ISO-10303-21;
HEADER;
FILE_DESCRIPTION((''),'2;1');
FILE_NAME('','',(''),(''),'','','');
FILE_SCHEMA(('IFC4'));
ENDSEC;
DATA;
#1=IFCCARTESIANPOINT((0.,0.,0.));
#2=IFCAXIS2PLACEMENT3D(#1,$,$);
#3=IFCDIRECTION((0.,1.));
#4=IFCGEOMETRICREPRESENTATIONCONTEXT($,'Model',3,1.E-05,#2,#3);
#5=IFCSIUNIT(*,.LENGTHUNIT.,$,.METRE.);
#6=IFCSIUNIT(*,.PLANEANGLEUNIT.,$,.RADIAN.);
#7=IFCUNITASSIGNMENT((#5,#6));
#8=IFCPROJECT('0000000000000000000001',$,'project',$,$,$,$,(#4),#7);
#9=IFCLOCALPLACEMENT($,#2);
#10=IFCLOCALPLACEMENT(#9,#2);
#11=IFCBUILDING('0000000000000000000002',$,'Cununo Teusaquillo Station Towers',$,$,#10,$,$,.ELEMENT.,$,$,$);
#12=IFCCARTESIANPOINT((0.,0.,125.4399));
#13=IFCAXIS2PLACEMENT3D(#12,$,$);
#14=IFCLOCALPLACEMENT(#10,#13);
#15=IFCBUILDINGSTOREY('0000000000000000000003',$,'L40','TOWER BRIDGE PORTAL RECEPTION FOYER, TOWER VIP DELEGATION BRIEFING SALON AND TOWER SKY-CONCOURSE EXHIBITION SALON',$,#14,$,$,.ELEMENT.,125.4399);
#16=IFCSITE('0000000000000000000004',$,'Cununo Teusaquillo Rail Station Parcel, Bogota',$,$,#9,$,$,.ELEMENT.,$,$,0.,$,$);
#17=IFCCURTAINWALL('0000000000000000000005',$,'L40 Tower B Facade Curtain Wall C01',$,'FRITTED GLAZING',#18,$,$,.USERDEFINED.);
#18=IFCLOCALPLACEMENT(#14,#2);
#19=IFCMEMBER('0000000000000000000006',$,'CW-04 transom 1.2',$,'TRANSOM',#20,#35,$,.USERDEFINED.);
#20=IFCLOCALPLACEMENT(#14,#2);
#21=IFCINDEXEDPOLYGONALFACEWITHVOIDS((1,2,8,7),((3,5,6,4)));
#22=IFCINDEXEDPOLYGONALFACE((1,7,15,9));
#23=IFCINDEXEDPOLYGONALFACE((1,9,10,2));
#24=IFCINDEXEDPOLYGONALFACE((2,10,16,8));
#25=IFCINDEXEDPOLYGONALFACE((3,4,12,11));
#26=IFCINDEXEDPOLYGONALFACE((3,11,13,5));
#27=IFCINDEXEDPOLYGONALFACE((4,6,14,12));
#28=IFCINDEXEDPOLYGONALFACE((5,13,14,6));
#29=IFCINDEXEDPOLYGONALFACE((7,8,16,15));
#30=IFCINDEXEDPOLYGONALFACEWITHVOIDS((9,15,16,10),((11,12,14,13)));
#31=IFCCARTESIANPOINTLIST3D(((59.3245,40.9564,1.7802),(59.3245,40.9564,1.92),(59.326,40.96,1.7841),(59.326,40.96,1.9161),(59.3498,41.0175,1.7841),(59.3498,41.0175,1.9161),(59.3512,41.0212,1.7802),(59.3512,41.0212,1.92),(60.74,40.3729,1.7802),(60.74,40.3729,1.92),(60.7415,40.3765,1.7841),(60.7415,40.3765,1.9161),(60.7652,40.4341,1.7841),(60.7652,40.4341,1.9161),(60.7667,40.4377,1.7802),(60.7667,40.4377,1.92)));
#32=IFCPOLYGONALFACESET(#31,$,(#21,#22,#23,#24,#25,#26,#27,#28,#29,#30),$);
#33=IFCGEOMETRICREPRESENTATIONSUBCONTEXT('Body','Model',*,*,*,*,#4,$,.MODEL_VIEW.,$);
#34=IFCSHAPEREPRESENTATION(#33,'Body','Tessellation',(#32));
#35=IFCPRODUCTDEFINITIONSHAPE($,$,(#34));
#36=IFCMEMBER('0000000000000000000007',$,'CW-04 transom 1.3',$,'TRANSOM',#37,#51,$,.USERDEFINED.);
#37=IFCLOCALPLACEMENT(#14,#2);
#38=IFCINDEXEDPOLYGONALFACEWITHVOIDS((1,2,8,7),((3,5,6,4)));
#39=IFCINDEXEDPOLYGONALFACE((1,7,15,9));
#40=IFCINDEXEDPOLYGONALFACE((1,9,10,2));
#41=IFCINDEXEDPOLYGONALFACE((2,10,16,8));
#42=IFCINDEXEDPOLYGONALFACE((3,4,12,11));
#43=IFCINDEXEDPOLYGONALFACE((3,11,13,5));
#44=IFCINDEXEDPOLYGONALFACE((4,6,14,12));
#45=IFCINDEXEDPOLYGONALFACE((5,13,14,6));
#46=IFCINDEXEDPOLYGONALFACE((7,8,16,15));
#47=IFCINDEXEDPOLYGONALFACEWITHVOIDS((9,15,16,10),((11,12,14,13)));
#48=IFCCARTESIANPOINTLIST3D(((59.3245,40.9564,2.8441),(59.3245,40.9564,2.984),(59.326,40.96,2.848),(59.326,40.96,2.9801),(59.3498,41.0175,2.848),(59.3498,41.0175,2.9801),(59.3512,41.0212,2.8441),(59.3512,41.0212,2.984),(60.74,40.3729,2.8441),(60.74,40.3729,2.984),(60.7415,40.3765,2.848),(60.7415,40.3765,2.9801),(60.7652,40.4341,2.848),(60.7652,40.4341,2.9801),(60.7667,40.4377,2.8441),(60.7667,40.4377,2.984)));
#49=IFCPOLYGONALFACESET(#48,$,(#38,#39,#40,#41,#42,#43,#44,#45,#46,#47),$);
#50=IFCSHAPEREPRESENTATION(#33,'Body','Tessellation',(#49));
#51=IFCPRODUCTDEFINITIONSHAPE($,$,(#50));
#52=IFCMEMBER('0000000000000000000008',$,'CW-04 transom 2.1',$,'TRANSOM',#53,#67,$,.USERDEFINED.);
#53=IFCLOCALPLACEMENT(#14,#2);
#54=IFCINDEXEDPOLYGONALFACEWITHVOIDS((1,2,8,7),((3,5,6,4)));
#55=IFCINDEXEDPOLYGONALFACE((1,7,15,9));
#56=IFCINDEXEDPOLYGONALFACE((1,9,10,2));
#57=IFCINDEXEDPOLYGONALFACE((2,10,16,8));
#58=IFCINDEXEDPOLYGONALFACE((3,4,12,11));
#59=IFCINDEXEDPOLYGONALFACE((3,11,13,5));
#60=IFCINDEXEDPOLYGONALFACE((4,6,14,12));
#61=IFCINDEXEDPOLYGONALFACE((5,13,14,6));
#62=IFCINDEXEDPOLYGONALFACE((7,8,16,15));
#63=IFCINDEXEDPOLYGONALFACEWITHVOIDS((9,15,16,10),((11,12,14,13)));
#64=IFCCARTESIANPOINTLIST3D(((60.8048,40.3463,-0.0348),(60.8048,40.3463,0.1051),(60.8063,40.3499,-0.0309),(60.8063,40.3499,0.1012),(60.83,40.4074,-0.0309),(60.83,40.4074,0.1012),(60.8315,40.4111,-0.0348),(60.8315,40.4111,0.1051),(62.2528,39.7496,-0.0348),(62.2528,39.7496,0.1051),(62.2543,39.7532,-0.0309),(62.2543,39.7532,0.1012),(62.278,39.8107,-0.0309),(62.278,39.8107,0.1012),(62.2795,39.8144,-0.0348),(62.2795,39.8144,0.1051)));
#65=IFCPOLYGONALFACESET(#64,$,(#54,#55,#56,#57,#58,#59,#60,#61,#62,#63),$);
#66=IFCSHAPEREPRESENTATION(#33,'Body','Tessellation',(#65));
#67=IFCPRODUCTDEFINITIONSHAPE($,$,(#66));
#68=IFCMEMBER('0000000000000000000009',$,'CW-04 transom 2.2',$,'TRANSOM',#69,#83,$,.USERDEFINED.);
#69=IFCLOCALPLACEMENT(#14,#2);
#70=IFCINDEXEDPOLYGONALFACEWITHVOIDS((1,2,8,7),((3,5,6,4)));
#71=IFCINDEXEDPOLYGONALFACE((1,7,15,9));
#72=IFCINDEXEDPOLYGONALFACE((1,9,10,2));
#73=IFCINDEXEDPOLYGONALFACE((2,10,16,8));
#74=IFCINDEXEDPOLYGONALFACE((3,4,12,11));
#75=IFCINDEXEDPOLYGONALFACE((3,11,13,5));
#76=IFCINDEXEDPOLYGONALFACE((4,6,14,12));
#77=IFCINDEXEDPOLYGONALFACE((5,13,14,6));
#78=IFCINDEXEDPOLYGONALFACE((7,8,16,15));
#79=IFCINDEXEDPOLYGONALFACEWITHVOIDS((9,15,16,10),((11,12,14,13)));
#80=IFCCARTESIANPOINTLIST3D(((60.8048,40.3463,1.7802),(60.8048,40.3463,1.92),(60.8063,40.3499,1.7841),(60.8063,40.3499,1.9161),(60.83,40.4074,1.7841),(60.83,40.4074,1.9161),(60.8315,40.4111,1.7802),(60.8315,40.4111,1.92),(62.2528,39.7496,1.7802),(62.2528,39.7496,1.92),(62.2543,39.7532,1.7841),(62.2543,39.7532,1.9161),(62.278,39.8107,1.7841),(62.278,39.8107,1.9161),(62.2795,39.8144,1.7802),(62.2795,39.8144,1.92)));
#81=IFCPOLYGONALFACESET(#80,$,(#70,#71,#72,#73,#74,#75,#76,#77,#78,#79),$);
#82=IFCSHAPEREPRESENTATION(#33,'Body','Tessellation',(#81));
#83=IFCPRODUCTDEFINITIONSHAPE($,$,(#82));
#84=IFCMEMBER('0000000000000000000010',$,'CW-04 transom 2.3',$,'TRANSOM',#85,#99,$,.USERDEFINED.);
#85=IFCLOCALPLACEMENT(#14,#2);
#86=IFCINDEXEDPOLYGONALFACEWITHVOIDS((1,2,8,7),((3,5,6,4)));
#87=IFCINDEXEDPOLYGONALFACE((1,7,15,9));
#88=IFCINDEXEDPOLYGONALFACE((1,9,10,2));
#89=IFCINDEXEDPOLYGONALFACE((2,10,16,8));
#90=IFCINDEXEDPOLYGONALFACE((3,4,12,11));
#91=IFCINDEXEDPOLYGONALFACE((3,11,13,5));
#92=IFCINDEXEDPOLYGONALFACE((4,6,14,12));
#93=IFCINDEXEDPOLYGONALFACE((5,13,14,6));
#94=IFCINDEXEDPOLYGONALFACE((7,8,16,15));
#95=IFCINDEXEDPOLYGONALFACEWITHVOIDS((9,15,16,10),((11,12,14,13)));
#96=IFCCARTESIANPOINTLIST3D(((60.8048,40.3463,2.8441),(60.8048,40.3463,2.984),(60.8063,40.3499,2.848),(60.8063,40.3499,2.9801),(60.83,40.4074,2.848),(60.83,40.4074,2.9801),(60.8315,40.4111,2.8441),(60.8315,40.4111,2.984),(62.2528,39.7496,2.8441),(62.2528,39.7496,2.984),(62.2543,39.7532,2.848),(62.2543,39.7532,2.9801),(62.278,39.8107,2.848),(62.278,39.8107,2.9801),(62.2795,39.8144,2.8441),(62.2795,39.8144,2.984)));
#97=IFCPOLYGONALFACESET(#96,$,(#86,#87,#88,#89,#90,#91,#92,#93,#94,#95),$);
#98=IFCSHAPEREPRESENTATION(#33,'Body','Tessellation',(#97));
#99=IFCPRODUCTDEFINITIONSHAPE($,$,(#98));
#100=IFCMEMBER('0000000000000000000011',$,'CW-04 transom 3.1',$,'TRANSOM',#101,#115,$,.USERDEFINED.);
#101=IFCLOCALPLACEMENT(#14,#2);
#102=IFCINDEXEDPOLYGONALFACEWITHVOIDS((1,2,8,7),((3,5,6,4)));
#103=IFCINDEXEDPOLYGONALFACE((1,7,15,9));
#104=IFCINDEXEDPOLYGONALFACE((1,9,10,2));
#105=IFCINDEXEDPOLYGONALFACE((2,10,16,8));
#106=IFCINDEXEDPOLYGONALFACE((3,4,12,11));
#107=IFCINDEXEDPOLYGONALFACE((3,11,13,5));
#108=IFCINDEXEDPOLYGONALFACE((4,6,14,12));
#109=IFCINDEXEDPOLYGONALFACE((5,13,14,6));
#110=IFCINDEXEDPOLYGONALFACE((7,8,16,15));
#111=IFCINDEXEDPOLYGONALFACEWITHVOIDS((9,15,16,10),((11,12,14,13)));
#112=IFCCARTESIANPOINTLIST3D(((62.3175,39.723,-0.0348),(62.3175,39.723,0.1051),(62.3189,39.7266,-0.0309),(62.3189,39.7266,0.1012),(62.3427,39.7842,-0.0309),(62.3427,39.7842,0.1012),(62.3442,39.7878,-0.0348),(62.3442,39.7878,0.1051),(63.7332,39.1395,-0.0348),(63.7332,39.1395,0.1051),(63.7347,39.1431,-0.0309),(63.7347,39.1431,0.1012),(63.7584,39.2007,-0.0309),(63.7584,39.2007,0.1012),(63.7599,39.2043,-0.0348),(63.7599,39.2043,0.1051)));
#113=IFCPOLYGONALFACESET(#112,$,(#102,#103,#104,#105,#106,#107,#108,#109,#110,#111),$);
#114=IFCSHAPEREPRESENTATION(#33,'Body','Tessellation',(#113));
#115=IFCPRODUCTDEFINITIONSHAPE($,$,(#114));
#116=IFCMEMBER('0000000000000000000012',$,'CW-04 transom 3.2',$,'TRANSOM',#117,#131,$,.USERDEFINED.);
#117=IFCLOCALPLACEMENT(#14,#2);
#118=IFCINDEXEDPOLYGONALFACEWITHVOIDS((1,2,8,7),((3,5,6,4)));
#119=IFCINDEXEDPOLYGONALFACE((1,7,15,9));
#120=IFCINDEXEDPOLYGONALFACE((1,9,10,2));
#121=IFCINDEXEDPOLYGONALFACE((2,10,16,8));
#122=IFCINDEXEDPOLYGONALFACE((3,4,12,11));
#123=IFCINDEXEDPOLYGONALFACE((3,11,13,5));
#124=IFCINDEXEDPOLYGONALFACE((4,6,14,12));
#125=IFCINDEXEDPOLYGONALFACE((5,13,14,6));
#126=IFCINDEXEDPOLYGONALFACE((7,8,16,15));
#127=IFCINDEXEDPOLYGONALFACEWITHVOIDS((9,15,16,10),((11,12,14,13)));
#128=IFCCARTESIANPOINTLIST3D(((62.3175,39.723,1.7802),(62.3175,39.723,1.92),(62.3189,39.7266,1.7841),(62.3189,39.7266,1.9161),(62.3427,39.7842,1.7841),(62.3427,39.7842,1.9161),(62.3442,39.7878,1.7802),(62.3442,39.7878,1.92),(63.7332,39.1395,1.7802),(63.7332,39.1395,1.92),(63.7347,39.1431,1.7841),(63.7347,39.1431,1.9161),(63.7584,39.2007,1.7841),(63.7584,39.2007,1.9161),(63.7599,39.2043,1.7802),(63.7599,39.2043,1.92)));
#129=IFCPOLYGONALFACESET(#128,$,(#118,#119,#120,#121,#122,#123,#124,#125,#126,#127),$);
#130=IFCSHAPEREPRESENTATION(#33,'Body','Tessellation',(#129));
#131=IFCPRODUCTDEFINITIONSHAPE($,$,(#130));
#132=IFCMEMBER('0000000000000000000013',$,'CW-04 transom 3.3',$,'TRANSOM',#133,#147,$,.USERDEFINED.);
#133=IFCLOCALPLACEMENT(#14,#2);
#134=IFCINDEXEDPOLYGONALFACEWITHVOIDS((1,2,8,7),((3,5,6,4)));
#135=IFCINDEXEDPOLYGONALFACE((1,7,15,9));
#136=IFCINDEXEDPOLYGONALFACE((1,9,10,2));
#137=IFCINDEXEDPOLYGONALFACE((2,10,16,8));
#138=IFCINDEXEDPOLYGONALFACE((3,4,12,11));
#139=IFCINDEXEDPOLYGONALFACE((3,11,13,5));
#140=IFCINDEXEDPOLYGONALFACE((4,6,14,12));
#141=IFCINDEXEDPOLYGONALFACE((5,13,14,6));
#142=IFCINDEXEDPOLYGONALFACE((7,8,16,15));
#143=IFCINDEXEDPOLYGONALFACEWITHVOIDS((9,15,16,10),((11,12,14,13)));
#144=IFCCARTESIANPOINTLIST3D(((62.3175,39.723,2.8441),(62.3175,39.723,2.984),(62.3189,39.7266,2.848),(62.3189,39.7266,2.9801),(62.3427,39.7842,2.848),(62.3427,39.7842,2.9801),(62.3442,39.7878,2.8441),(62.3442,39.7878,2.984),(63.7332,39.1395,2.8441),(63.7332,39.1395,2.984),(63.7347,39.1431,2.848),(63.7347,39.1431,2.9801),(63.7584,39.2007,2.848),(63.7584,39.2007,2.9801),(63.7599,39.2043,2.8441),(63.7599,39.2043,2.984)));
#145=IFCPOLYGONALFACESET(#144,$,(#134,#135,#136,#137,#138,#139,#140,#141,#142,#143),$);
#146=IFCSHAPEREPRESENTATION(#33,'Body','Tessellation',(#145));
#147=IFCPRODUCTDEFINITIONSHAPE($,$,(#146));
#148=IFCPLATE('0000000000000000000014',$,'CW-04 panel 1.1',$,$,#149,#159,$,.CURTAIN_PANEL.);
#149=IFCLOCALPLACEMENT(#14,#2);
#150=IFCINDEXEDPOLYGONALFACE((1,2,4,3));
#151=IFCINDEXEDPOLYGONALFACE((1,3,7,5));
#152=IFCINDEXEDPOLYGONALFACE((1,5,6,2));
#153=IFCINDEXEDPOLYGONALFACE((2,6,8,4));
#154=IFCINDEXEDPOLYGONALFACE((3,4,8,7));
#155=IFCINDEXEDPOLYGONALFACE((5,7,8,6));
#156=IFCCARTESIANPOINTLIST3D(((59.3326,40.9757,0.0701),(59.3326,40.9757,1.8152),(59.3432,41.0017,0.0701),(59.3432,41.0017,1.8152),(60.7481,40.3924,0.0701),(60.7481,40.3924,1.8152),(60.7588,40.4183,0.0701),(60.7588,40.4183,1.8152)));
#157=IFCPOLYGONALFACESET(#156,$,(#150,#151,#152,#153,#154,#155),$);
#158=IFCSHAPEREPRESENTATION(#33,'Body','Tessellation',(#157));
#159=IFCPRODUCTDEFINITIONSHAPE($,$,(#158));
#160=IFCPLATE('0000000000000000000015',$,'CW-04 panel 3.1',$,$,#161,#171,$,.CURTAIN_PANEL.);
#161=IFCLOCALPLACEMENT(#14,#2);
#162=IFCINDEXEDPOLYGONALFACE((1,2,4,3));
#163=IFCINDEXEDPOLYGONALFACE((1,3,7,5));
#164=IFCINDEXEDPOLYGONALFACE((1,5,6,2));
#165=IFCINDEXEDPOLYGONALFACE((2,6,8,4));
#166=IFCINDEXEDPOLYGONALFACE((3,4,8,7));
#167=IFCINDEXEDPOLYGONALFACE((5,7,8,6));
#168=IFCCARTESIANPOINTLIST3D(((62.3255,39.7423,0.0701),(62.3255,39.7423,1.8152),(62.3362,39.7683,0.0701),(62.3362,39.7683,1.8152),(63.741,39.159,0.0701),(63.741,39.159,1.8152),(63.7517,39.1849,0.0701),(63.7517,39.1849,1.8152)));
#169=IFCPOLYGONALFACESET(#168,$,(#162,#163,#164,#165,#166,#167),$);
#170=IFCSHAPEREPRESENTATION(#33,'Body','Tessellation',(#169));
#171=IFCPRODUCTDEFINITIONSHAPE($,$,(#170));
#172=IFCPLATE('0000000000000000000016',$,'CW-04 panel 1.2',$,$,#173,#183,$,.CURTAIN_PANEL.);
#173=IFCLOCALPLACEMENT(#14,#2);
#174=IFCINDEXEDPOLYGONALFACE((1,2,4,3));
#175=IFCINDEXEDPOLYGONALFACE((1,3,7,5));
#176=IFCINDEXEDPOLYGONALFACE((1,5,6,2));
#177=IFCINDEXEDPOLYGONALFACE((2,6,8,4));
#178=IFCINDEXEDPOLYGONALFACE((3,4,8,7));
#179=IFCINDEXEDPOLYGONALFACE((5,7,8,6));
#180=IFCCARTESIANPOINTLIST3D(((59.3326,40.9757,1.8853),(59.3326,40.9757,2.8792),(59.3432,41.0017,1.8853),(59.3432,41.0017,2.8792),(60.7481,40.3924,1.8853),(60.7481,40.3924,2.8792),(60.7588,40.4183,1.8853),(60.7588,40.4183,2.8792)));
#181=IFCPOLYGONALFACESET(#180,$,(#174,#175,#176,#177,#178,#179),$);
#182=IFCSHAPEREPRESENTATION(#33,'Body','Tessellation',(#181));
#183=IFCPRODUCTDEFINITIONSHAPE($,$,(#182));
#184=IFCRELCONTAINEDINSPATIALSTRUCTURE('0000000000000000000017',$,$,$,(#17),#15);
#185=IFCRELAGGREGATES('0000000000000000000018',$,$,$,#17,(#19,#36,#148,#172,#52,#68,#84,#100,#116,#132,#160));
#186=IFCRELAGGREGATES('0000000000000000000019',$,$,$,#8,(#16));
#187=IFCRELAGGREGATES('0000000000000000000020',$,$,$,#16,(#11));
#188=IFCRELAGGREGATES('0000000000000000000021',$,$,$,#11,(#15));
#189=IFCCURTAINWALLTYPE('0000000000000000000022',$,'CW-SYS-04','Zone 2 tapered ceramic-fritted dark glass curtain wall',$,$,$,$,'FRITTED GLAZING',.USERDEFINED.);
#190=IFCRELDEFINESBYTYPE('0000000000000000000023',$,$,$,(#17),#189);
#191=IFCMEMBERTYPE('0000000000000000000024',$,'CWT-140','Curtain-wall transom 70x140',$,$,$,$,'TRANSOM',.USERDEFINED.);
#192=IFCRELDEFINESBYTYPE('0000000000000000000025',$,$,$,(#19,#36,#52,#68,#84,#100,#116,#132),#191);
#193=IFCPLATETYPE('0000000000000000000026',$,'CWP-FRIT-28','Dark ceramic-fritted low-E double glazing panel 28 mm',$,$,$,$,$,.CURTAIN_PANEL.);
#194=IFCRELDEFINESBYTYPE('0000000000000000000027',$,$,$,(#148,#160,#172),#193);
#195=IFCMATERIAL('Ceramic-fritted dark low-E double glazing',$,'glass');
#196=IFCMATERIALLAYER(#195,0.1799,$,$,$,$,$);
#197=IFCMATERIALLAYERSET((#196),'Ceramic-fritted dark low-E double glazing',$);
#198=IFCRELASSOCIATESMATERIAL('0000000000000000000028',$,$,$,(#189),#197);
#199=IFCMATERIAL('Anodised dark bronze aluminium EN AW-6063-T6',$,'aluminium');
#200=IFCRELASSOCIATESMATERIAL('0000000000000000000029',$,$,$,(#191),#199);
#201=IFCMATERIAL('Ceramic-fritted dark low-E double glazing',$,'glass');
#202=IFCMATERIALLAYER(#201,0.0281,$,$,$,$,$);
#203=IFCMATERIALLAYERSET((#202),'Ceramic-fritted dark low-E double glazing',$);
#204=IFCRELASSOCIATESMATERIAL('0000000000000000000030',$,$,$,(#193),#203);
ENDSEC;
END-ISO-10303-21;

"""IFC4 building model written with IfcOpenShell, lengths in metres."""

from ifc_helpers import new_model, si_unit, direction, frame, origin, origin_2d, place, context, subcontext, project, spatial, rectangle, hollow_rectangle, extrude, source, transform, mapped, material, layer, layer_set, material_profile, profile_set, type_object, element, aggregate, save


model = new_model("IFC4")

# Units and contexts
model_context = context("Model", 3, precision=1e-05, world=origin(), true_north=direction((0.0, 1.0)))
body_context = subcontext(model_context, "Body", "Model", "MODEL_VIEW")
ifc_project = project(units=[si_unit("LENGTHUNIT", "METRE"), si_unit("PLANEANGLEUNIT", "RADIAN")], contexts=[model_context])

# Site, building, storey
site_placement = place(None, origin())
site = spatial("IfcSite", under=ifc_project, at=site_placement, Name="Cununo Teusaquillo Rail Station Parcel, Bogota", CompositionType="ELEMENT", RefElevation=0.0)
building_placement = place(site_placement, origin())
building = spatial("IfcBuilding", under=site, at=building_placement, Name="Cununo Teusaquillo Station Towers", CompositionType="ELEMENT")
storey_placement = place(building_placement, frame((0.0, 0.0, 125.4399)))
storey = spatial("IfcBuildingStorey", under=building, at=storey_placement, Name="L40", Description="TOWER BRIDGE PORTAL RECEPTION FOYER, TOWER VIP DELEGATION BRIEFING SALON AND TOWER SKY-CONCOURSE EXHIBITION SALON", CompositionType="ELEMENT", Elevation=125.4399)

# Curtain wall, members, plates
ifc_material_1 = material(Name="Ceramic-fritted dark low-E double glazing", Category="glass")
ifc_layer_1 = layer(ifc_material_1, 0.1799)
ifc_layer_set_1 = layer_set([ifc_layer_1], Name="Ceramic-fritted dark low-E double glazing")
curtain_wall_type = type_object("IfcCurtainWallType", Name="CW-SYS-04", Description="Zone 2 tapered ceramic-fritted dark glass curtain wall", ElementType="FRITTED GLAZING", PredefinedType="USERDEFINED", material=ifc_layer_set_1)
curtain_wall_placement = place(storey_placement, origin())
curtain_wall = element("IfcCurtainWall", 1, at=curtain_wall_placement, inside=storey, type_object=curtain_wall_type, Name="L40 Tower B Facade Curtain Wall C01", ObjectType="FRITTED GLAZING", PredefinedType="USERDEFINED")
ifc_material_2 = material(Name="Anodised dark bronze aluminium EN AW-6063-T6", Category="aluminium")
ifc_material_profile_1 = material_profile(ifc_material_2, hollow_rectangle(XDim=0.0701, YDim=0.1399, WallThickness=0.0039, at=origin_2d()), Name="CW-TRAN-70x140")
ifc_profile_set_1 = profile_set([ifc_material_profile_1], Name="Anodised dark bronze aluminium EN AW-6063-T6")
member_type_1 = type_object("IfcMemberType", Name="CWT-140", Description="Curtain-wall transom 70x140", ElementType="TRANSOM", PredefinedType="USERDEFINED", material=ifc_profile_set_1)
member_1_placement = place(storey_placement, frame((59.3379, 40.9888, 1.8501), z_axis=(0.924533, -0.381103, 0.0), x_axis=(0.381103, 0.924533, 0.0)))
member_1 = element("IfcMember", 2, at=member_1_placement, type_object=member_type_1, Name="CW-04 transom 1.2", ObjectType="TRANSOM", PredefinedType="USERDEFINED", context=body_context, shape_type="SweptSolid", body=[
    extrude(hollow_rectangle(XDim=0.0701, YDim=0.1399, WallThickness=0.0039, at=origin_2d()), origin(), (0.0, 0.0, 1.0), 1.531),
])
member_2_placement = place(storey_placement, frame((59.3379, 40.9888, 2.9141), z_axis=(0.924533, -0.381103, 0.0), x_axis=(0.381103, 0.924533, 0.0)))
member_2 = element("IfcMember", 3, at=member_2_placement, type_object=member_type_1, Name="CW-04 transom 1.3", ObjectType="TRANSOM", PredefinedType="USERDEFINED", context=body_context, shape_type="SweptSolid", body=[
    extrude(hollow_rectangle(XDim=0.0701, YDim=0.1399, WallThickness=0.0039, at=origin_2d()), origin(), (0.0, 0.0, 1.0), 1.531),
])
member_3_placement = place(storey_placement, frame((60.8181, 40.3787, 0.0352), z_axis=(0.924578, -0.380993, 0.0), x_axis=(0.380993, 0.924578, 0.0)))
member_3 = element("IfcMember", 4, at=member_3_placement, type_object=member_type_1, Name="CW-04 transom 2.1", ObjectType="TRANSOM", PredefinedType="USERDEFINED", context=body_context, shape_type="SweptSolid", body=[
    extrude(hollow_rectangle(XDim=0.0701, YDim=0.1399, WallThickness=0.0039, at=origin_2d()), origin(), (0.0, 0.0, 1.0), 1.5662),
])
member_4_placement = place(storey_placement, frame((60.8181, 40.3787, 1.8501), z_axis=(0.924578, -0.380993, 0.0), x_axis=(0.380993, 0.924578, 0.0)))
member_4 = element("IfcMember", 5, at=member_4_placement, type_object=member_type_1, Name="CW-04 transom 2.2", ObjectType="TRANSOM", PredefinedType="USERDEFINED", context=body_context, shape_type="SweptSolid", body=[
    extrude(hollow_rectangle(XDim=0.0701, YDim=0.1399, WallThickness=0.0039, at=origin_2d()), origin(), (0.0, 0.0, 1.0), 1.5662),
])
member_5_placement = place(storey_placement, frame((60.8181, 40.3787, 2.9141), z_axis=(0.924578, -0.380993, 0.0), x_axis=(0.380993, 0.924578, 0.0)))
member_5 = element("IfcMember", 6, at=member_5_placement, type_object=member_type_1, Name="CW-04 transom 2.3", ObjectType="TRANSOM", PredefinedType="USERDEFINED", context=body_context, shape_type="SweptSolid", body=[
    extrude(hollow_rectangle(XDim=0.0701, YDim=0.1399, WallThickness=0.0039, at=origin_2d()), origin(), (0.0, 0.0, 1.0), 1.5662),
])
member_6_placement = place(storey_placement, frame((62.3308, 39.7554, 0.0352), z_axis=(0.924556, -0.381046, 0.0), x_axis=(0.381046, 0.924556, 0.0)))
member_6 = element("IfcMember", 7, at=member_6_placement, type_object=member_type_1, Name="CW-04 transom 3.1", ObjectType="TRANSOM", PredefinedType="USERDEFINED", context=body_context, shape_type="SweptSolid", body=[
    extrude(hollow_rectangle(XDim=0.0701, YDim=0.1399, WallThickness=0.0039, at=origin_2d()), origin(), (0.0, 0.0, 1.0), 1.5312),
])
member_7_placement = place(storey_placement, frame((62.3308, 39.7554, 1.8501), z_axis=(0.924556, -0.381046, 0.0), x_axis=(0.381046, 0.924556, 0.0)))
member_7 = element("IfcMember", 8, at=member_7_placement, type_object=member_type_1, Name="CW-04 transom 3.2", ObjectType="TRANSOM", PredefinedType="USERDEFINED", context=body_context, shape_type="SweptSolid", body=[
    extrude(hollow_rectangle(XDim=0.0701, YDim=0.1399, WallThickness=0.0039, at=origin_2d()), origin(), (0.0, 0.0, 1.0), 1.5312),
])
member_8_placement = place(storey_placement, frame((62.3308, 39.7554, 2.9141), z_axis=(0.924556, -0.381046, 0.0), x_axis=(0.381046, 0.924556, 0.0)))
member_8 = element("IfcMember", 9, at=member_8_placement, type_object=member_type_1, Name="CW-04 transom 3.3", ObjectType="TRANSOM", PredefinedType="USERDEFINED", context=body_context, shape_type="SweptSolid", body=[
    extrude(hollow_rectangle(XDim=0.0701, YDim=0.1399, WallThickness=0.0039, at=origin_2d()), origin(), (0.0, 0.0, 1.0), 1.5312),
])
ifc_material_3 = material(Name="Ceramic-fritted dark low-E double glazing", Category="glass")
ifc_layer_2 = layer(ifc_material_3, 0.0281)
ifc_layer_set_2 = layer_set([ifc_layer_2], Name="Ceramic-fritted dark low-E double glazing")
plate_type = type_object("IfcPlateType", Name="CWP-FRIT-28", Description="Dark ceramic-fritted low-E double glazing panel 28 mm", PredefinedType="CURTAIN_PANEL", material=ifc_layer_set_2)
shared_shape_1 = source(origin(), body_context, "Body", "SweptSolid", [
    extrude(rectangle(XDim=1.531, YDim=0.0281, at=origin_2d()), origin(), (0.0, 0.0, 1.0), 1.7451),
])
plate_1_placement = place(storey_placement, frame((60.0457, 40.697, 0.0701), z_axis=(0.0, 0.0, 1.0), x_axis=(0.924562, -0.381031, 0.0)))
plate_1 = element("IfcPlate", 10, at=plate_1_placement, type_object=plate_type, Name="CW-04 panel 1.1", PredefinedType="CURTAIN_PANEL", context=body_context, shape_type="MappedRepresentation", body=[
    mapped(shared_shape_1, transform((0.0, 0.0, 0.0), x_axis=(1.0, 0.0, 0.0), y_axis=(0.0, 1.0, 0.0), z_axis=(0.0, 0.0, 1.0), scale=1.0)),
])
plate_2_placement = place(storey_placement, frame((63.0386, 39.4636, 0.0701), z_axis=(0.0, 0.0, 1.0), x_axis=(0.924562, -0.381031, 0.0)))
plate_2 = element("IfcPlate", 11, at=plate_2_placement, type_object=plate_type, Name="CW-04 panel 3.1", PredefinedType="CURTAIN_PANEL", context=body_context, shape_type="MappedRepresentation", body=[
    mapped(shared_shape_1, transform((0.0, 0.0, 0.0), x_axis=(1.0, 0.0, 0.0), y_axis=(0.0, 1.0, 0.0), z_axis=(0.0, 0.0, 1.0), scale=1.0)),
])
shared_shape_2 = source(origin(), body_context, "Body", "SweptSolid", [
    extrude(rectangle(XDim=1.531, YDim=0.0281, at=origin_2d()), origin(), (0.0, 0.0, 1.0), 0.9939),
])
plate_3_placement = place(storey_placement, frame((60.0457, 40.697, 1.8853), z_axis=(0.0, 0.0, 1.0), x_axis=(0.924562, -0.381031, 0.0)))
plate_3 = element("IfcPlate", 12, at=plate_3_placement, type_object=plate_type, Name="CW-04 panel 1.2", PredefinedType="CURTAIN_PANEL", context=body_context, shape_type="MappedRepresentation", body=[
    mapped(shared_shape_2, transform((0.0, 0.0, 0.0), x_axis=(1.0, 0.0, 0.0), y_axis=(0.0, 1.0, 0.0), z_axis=(0.0, 0.0, 1.0), scale=1.0)),
])
aggregate(curtain_wall, [member_1, member_2, plate_1, plate_3, member_3, member_4, member_5, member_6, member_7, member_8, plate_2])

save(model, "model.ifc")
